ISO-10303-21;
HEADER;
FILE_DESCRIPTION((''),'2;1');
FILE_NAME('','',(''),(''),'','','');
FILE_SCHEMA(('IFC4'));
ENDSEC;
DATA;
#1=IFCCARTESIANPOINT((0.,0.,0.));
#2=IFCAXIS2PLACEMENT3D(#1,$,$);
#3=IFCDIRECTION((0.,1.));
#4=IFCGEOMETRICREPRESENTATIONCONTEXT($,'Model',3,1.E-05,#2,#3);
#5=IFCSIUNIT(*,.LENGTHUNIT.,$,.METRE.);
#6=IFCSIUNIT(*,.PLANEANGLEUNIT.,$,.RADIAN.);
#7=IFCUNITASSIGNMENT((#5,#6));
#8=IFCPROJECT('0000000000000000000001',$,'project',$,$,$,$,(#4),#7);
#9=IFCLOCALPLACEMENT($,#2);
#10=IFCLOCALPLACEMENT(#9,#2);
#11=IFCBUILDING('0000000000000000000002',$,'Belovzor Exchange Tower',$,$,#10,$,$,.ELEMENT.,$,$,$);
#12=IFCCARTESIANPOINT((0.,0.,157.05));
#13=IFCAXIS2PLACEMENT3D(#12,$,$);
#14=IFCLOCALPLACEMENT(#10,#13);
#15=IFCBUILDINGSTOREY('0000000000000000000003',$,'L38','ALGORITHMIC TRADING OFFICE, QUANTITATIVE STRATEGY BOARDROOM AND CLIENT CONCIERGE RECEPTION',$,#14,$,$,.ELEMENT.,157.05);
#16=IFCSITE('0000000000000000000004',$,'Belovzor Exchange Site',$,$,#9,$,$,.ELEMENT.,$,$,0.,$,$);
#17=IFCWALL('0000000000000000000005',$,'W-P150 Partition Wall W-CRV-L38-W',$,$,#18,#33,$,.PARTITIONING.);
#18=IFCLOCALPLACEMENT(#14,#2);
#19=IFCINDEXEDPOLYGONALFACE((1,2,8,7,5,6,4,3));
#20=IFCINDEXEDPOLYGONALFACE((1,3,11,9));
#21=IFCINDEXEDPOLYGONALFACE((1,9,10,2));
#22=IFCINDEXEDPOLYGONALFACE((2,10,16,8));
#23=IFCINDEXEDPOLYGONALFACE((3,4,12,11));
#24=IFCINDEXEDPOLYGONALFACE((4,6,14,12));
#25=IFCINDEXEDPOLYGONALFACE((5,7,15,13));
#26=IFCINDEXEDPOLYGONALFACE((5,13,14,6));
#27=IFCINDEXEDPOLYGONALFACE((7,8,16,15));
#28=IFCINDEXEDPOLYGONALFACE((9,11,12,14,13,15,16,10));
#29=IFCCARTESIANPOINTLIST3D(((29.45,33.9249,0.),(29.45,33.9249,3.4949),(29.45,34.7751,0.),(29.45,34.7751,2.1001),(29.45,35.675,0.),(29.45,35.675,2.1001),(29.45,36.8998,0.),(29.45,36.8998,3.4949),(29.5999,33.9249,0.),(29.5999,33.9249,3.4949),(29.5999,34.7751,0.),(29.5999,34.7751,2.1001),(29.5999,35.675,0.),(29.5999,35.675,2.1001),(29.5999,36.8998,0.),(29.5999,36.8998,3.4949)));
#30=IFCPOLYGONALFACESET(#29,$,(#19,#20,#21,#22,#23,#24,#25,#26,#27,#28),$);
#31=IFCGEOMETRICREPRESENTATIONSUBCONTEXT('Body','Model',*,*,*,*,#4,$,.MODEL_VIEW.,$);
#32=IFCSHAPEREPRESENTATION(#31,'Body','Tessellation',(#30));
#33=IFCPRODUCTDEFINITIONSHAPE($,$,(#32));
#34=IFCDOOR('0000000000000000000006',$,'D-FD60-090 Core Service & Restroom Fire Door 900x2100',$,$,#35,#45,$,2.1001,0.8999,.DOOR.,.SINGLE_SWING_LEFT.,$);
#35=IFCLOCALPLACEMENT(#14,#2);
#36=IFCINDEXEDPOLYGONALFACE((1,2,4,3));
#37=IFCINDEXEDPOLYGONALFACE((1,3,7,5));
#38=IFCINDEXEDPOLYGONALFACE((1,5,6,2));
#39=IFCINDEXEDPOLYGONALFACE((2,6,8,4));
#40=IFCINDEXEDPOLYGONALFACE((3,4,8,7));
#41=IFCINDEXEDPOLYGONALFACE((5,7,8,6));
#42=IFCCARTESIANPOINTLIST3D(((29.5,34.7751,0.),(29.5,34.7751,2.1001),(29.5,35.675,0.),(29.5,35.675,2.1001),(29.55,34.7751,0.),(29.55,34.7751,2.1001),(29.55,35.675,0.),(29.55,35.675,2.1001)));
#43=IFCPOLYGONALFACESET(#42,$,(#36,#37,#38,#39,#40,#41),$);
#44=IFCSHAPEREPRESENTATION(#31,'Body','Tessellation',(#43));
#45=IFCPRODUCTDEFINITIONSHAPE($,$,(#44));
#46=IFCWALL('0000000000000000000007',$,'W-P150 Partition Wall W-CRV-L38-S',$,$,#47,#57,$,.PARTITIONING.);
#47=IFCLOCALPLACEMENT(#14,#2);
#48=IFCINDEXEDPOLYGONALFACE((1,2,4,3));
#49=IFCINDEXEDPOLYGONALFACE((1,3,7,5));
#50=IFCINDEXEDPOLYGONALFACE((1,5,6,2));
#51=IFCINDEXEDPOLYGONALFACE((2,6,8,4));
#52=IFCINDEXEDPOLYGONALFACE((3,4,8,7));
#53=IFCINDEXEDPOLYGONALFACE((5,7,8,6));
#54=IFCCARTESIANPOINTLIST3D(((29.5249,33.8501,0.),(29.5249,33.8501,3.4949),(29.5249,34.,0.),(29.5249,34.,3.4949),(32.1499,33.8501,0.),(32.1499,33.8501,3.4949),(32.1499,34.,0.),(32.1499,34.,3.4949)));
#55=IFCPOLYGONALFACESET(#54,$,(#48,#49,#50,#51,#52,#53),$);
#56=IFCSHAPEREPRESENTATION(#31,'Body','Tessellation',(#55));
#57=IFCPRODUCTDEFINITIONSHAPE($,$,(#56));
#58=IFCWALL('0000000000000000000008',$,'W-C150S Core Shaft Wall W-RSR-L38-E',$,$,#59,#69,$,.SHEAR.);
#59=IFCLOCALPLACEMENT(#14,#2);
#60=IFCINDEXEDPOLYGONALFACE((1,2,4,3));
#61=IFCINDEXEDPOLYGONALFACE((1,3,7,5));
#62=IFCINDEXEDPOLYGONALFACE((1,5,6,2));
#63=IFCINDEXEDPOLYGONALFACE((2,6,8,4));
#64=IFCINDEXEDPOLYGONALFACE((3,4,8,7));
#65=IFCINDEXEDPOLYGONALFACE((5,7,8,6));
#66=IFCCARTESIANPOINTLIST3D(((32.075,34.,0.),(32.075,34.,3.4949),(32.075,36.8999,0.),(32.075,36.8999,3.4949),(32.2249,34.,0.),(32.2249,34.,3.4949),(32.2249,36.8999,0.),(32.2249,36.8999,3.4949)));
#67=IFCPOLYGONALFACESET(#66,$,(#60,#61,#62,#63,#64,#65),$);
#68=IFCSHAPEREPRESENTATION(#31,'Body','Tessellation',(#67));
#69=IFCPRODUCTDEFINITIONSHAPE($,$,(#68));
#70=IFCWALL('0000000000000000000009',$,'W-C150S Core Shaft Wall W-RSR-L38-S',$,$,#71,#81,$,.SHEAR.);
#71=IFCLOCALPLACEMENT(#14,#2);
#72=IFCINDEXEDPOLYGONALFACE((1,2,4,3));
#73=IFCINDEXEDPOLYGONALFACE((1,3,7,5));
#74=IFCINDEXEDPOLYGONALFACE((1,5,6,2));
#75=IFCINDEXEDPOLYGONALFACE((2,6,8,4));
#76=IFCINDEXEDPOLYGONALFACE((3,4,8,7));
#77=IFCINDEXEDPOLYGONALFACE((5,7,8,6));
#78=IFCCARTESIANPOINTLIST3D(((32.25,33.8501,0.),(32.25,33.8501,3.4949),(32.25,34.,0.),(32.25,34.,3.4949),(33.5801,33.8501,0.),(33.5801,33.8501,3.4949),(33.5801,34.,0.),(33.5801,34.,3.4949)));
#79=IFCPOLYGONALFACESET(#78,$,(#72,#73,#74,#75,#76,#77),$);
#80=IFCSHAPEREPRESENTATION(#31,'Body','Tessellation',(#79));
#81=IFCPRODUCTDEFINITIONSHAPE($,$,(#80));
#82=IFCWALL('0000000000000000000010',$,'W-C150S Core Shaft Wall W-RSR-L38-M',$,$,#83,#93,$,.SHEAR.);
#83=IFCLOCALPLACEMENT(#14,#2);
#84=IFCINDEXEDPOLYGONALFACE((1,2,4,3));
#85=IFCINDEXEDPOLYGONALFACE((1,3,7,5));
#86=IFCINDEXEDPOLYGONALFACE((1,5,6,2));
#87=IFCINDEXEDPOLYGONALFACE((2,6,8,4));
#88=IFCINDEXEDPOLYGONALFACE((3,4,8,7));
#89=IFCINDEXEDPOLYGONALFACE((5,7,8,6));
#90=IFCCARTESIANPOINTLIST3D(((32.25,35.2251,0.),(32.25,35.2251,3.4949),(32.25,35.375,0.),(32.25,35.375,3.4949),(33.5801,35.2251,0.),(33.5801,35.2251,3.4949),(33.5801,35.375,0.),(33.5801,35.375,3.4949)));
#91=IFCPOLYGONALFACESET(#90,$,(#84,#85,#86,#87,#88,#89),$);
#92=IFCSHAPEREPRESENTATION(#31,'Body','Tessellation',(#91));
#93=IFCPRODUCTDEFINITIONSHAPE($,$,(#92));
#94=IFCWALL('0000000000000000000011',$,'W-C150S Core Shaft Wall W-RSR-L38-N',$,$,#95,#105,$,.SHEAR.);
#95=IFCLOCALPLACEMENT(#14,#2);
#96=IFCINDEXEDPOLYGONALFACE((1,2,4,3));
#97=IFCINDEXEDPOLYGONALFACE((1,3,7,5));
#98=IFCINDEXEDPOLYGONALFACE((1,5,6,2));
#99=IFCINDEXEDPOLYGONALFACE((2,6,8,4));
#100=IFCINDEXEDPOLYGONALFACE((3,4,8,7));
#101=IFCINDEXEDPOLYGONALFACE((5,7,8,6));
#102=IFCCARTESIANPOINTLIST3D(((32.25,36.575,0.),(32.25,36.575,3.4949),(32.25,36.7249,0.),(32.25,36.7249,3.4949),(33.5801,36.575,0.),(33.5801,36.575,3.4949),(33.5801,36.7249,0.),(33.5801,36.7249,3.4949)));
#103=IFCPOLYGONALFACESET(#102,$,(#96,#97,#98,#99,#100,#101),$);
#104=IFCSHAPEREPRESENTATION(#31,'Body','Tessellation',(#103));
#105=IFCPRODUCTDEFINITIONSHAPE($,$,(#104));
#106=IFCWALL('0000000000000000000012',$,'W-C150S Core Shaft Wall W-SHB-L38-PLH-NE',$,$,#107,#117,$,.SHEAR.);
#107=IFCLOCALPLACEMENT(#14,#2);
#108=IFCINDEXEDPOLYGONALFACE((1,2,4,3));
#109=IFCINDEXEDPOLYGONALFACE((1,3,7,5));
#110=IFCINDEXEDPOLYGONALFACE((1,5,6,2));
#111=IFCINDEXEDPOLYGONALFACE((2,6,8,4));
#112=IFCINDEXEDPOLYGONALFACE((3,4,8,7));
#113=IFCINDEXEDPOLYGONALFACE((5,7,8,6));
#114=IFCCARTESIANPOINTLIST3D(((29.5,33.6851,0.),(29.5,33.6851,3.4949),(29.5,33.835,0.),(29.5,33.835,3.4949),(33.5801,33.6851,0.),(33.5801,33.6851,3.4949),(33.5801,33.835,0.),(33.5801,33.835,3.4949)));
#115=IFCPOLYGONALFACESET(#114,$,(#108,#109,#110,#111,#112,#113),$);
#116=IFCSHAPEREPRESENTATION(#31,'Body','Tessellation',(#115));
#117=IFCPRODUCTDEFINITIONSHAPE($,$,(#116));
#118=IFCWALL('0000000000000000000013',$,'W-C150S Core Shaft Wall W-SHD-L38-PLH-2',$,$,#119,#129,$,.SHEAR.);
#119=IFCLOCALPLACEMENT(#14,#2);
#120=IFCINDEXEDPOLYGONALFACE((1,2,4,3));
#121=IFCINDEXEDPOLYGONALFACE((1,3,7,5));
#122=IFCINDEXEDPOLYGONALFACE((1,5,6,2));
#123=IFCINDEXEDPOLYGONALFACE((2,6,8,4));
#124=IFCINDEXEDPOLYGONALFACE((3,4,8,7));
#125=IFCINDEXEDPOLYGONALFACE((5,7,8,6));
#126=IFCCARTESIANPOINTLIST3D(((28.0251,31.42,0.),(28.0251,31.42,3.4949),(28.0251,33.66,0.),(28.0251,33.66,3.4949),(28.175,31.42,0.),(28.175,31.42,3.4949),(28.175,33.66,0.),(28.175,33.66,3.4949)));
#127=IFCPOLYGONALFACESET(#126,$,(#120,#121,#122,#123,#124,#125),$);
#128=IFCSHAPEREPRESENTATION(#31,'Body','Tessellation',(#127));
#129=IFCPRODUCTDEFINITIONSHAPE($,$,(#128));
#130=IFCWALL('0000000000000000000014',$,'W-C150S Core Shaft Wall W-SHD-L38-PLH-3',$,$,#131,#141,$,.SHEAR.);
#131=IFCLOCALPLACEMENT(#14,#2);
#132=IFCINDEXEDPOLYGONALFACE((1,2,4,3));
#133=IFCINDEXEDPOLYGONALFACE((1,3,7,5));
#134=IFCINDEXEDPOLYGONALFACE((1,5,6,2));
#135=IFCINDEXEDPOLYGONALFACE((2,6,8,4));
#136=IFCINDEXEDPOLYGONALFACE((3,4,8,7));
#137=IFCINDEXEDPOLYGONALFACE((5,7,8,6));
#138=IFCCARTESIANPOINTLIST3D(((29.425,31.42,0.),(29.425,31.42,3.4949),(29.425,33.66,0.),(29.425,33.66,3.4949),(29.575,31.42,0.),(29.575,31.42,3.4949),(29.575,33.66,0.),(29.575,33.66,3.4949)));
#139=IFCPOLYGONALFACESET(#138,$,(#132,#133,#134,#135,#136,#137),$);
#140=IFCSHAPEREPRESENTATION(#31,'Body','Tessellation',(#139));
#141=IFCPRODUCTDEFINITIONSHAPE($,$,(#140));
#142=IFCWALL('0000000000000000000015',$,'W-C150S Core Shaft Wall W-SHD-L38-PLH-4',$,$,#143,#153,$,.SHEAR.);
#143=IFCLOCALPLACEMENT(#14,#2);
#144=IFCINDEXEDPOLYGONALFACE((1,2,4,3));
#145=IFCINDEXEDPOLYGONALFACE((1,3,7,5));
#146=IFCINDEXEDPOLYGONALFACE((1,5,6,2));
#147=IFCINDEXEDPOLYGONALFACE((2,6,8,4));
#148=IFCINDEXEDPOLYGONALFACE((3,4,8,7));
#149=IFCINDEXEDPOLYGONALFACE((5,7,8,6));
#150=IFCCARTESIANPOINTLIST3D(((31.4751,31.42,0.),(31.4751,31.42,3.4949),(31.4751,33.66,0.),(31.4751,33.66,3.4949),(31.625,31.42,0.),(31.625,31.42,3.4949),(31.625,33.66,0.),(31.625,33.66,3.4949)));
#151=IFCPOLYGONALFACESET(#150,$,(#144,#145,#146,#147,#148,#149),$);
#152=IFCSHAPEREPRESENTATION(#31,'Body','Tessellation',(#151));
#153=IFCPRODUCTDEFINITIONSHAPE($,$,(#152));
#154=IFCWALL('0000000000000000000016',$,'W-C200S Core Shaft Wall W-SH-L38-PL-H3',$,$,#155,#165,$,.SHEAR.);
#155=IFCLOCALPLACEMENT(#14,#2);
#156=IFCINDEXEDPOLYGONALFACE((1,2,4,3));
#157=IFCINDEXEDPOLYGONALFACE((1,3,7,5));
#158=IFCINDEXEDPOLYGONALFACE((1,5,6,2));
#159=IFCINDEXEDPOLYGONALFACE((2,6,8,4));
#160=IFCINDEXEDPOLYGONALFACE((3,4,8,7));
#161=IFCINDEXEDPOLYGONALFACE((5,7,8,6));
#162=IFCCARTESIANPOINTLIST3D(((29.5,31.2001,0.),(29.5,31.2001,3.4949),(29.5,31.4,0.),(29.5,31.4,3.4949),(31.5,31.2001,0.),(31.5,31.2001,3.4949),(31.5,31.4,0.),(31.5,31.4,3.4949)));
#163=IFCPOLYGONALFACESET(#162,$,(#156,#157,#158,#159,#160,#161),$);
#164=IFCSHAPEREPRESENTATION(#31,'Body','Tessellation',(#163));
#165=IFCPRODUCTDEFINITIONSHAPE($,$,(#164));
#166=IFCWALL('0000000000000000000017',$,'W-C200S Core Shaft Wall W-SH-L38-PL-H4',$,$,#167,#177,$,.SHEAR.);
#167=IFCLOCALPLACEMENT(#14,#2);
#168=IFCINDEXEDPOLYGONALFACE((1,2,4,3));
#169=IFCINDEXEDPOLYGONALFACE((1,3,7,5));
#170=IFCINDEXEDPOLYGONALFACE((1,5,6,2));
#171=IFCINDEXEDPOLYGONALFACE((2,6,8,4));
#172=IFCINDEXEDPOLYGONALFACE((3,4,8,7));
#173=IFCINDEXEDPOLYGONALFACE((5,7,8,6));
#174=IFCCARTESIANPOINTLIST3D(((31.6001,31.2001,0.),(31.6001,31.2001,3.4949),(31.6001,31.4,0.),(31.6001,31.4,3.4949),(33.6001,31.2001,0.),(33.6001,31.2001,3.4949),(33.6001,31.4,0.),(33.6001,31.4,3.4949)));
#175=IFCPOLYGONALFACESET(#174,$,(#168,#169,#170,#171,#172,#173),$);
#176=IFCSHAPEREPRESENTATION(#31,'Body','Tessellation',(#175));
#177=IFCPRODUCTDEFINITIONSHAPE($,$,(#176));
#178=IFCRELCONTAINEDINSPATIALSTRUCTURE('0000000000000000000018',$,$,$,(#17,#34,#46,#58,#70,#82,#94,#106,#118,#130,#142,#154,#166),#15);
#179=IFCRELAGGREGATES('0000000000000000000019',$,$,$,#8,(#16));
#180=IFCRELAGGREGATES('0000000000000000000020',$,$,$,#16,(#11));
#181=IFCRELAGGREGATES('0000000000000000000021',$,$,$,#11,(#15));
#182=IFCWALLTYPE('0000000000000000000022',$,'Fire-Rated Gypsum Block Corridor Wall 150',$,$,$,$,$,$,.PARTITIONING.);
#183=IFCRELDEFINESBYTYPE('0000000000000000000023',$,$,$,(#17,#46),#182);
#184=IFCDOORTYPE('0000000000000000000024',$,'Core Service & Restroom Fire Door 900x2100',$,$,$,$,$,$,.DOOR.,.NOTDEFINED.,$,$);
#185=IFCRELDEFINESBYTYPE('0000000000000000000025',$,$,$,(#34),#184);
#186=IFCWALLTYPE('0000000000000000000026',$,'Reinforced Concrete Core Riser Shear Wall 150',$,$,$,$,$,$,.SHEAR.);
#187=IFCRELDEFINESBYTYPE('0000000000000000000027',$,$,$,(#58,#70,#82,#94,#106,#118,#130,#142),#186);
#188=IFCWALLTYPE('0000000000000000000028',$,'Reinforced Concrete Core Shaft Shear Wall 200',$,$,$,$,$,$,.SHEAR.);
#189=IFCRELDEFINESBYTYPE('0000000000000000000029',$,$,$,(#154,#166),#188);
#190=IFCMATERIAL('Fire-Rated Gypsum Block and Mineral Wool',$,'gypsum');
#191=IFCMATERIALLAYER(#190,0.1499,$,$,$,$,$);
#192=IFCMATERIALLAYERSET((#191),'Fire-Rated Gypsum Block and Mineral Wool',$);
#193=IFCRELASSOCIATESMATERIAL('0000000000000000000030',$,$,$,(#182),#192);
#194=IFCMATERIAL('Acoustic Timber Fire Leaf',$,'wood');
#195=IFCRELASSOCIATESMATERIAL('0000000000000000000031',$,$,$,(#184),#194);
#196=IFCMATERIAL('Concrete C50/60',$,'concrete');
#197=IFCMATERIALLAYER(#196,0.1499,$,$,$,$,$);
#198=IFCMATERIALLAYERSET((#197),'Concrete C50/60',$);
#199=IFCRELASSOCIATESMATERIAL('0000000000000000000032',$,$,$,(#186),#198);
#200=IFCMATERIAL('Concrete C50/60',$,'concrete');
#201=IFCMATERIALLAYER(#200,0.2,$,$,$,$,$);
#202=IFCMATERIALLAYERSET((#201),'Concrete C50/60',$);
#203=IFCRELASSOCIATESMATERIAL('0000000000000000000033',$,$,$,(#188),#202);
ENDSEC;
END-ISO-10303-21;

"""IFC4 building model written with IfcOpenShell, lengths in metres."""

from ifc_helpers import new_model, si_unit, direction, frame, frame_2d, origin, place, context, subcontext, project, spatial, rectangle, extrude, material, layer, layer_set, type_object, element, fill, save


model = new_model("IFC4")

# Units and contexts
model_context = context("Model", 3, precision=1e-05, world=origin(), true_north=direction((0.0, 1.0)))
body_context = subcontext(model_context, "Body", "Model", "MODEL_VIEW")
ifc_project = project(units=[si_unit("LENGTHUNIT", "METRE"), si_unit("PLANEANGLEUNIT", "RADIAN")], contexts=[model_context])

# Site, building, storey
site_placement = place(None, origin())
site = spatial("IfcSite", under=ifc_project, at=site_placement, Name="Belovzor Exchange Site", CompositionType="ELEMENT", RefElevation=0.0)
building_placement = place(site_placement, origin())
building = spatial("IfcBuilding", under=site, at=building_placement, Name="Belovzor Exchange Tower", CompositionType="ELEMENT")
storey_placement = place(building_placement, frame((0.0, 0.0, 157.05)))
storey = spatial("IfcBuildingStorey", under=building, at=storey_placement, Name="L38", Description="ALGORITHMIC TRADING OFFICE, QUANTITATIVE STRATEGY BOARDROOM AND CLIENT CONCIERGE RECEPTION", CompositionType="ELEMENT", Elevation=157.05)

# Wall, opening, door
ifc_material_1 = material(Name="Fire-Rated Gypsum Block and Mineral Wool", Category="gypsum")
ifc_layer_1 = layer(ifc_material_1, 0.1499)
ifc_layer_set_1 = layer_set([ifc_layer_1], Name="Fire-Rated Gypsum Block and Mineral Wool")
wall_type_1 = type_object("IfcWallType", Name="Fire-Rated Gypsum Block Corridor Wall 150", PredefinedType="PARTITIONING", material=ifc_layer_set_1)
wall_1_placement = place(storey_placement, frame((29.5249, 33.925, 0.0), z_axis=(0.0, 0.0, 1.0), x_axis=(0.0, 1.0, 0.0)))
wall_1 = element("IfcWall", 1, at=wall_1_placement, inside=storey, type_object=wall_type_1, Name="W-P150 Partition Wall W-CRV-L38-W", PredefinedType="PARTITIONING", context=body_context, shape_type="SweptSolid", body=[
    extrude(rectangle(XDim=2.9749, YDim=0.1499, at=frame_2d((1.4873, 0.0))), origin(), (0.0, 0.0, 1.0), 3.4949),
])
opening_placement = place(wall_1_placement, frame((0.8501, 0.0, 0.0)))
opening = element("IfcOpeningElement", 2, at=opening_placement, cuts=wall_1, PredefinedType="OPENING", context=body_context, shape_type="SweptSolid", body=[
    extrude(rectangle(XDim=0.8999, YDim=2.1001, at=frame_2d((0.45, 1.05))), frame((0.0, 0.085, 0.0), z_axis=(0.0, -1.0, 0.0), x_axis=(1.0, 0.0, 0.0)), (0.0, 0.0, 1.0), 0.1699),
])
ifc_material_2 = material(Name="Acoustic Timber Fire Leaf", Category="wood")
door_type = type_object("IfcDoorType", Name="Core Service & Restroom Fire Door 900x2100", OperationType="NOTDEFINED", PredefinedType="DOOR", material=ifc_material_2)
door_placement = place(opening_placement, origin())
door = element("IfcDoor", 3, at=door_placement, inside=storey, type_object=door_type, Name="D-FD60-090 Core Service & Restroom Fire Door 900x2100", OperationType="SINGLE_SWING_LEFT", OverallHeight=2.1001, OverallWidth=0.8999, PredefinedType="DOOR", context=body_context, shape_type="SweptSolid", body=[
    extrude(rectangle(XDim=0.8999, YDim=2.1001, at=frame_2d((0.45, 1.05))), frame((0.0, 0.0249, 0.0), z_axis=(0.0, -1.0, 0.0), x_axis=(1.0, 0.0, 0.0)), (0.0, 0.0, 1.0), 0.05),
])
fill(opening, door)

# Walls
wall_2_placement = place(storey_placement, frame((29.5249, 33.925, 0.0), z_axis=(0.0, 0.0, 1.0), x_axis=(1.0, 0.0, 0.0)))
element("IfcWall", 4, at=wall_2_placement, inside=storey, type_object=wall_type_1, Name="W-P150 Partition Wall W-CRV-L38-S", PredefinedType="PARTITIONING", context=body_context, shape_type="SweptSolid", body=[
    extrude(rectangle(XDim=2.625, YDim=0.1499, at=frame_2d((1.3125, 0.0))), origin(), (0.0, 0.0, 1.0), 3.4949),
])
ifc_material_3 = material(Name="Concrete C50/60", Category="concrete")
ifc_layer_2 = layer(ifc_material_3, 0.1499)
ifc_layer_set_2 = layer_set([ifc_layer_2], Name="Concrete C50/60")
wall_type_2 = type_object("IfcWallType", Name="Reinforced Concrete Core Riser Shear Wall 150", PredefinedType="SHEAR", material=ifc_layer_set_2)
wall_3_placement = place(storey_placement, frame((32.1499, 34.0, 0.0), z_axis=(0.0, 0.0, 1.0), x_axis=(0.0, 1.0, 0.0)))
element("IfcWall", 5, at=wall_3_placement, inside=storey, type_object=wall_type_2, Name="W-C150S Core Shaft Wall W-RSR-L38-E", PredefinedType="SHEAR", context=body_context, shape_type="SweptSolid", body=[
    extrude(rectangle(XDim=2.8999, YDim=0.1499, at=frame_2d((1.45, 0.0))), origin(), (0.0, 0.0, 1.0), 3.4949),
])
for number, where, z_axis, x_axis, name in (
    (6, (32.25, 33.925, 0.0), (0.0, 0.0, 1.0), (1.0, 0.0, 0.0), "W-C150S Core Shaft Wall W-RSR-L38-S"),
    (7, (32.25, 35.3, 0.0), (0.0, 0.0, 1.0), (1.0, 0.0, 0.0), "W-C150S Core Shaft Wall W-RSR-L38-M"),
    (8, (32.25, 36.6499, 0.0), (0.0, 0.0, 1.0), (1.0, 0.0, 0.0), "W-C150S Core Shaft Wall W-RSR-L38-N"),
):
    element("IfcWall", number, at=place(storey_placement, frame(where, z_axis=z_axis, x_axis=x_axis)), inside=storey, type_object=wall_type_2, Name=name, PredefinedType="SHEAR", context=body_context, shape_type="SweptSolid", body=[
        extrude(rectangle(XDim=1.3301, YDim=0.1499, at=frame_2d((0.665, 0.0))), origin(), (0.0, 0.0, 1.0), 3.4949),
    ])
wall_4_placement = place(storey_placement, frame((29.5, 33.76, 0.0), z_axis=(0.0, 0.0, 1.0), x_axis=(1.0, 0.0, 0.0)))
element("IfcWall", 9, at=wall_4_placement, inside=storey, type_object=wall_type_2, Name="W-C150S Core Shaft Wall W-SHB-L38-PLH-NE", PredefinedType="SHEAR", context=body_context, shape_type="SweptSolid", body=[
    extrude(rectangle(XDim=4.0801, YDim=0.1499, at=frame_2d((2.04, 0.0))), origin(), (0.0, 0.0, 1.0), 3.4949),
])
for number, where, z_axis, x_axis, name in (
    (10, (28.1001, 31.4199, 0.0), (0.0, 0.0, 1.0), (0.0, 1.0, 0.0), "W-C150S Core Shaft Wall W-SHD-L38-PLH-2"),
    (11, (29.5, 31.4199, 0.0), (0.0, 0.0, 1.0), (0.0, 1.0, 0.0), "W-C150S Core Shaft Wall W-SHD-L38-PLH-3"),
    (12, (31.55, 31.4199, 0.0), (0.0, 0.0, 1.0), (0.0, 1.0, 0.0), "W-C150S Core Shaft Wall W-SHD-L38-PLH-4"),
):
    element("IfcWall", number, at=place(storey_placement, frame(where, z_axis=z_axis, x_axis=x_axis)), inside=storey, type_object=wall_type_2, Name=name, PredefinedType="SHEAR", context=body_context, shape_type="SweptSolid", body=[
        extrude(rectangle(XDim=2.24, YDim=0.1499, at=frame_2d((1.1201, 0.0))), origin(), (0.0, 0.0, 1.0), 3.4949),
    ])
ifc_material_4 = material(Name="Concrete C50/60", Category="concrete")
ifc_layer_3 = layer(ifc_material_4, 0.2)
ifc_layer_set_3 = layer_set([ifc_layer_3], Name="Concrete C50/60")
wall_type_3 = type_object("IfcWallType", Name="Reinforced Concrete Core Shaft Shear Wall 200", PredefinedType="SHEAR", material=ifc_layer_set_3)
for number, where, z_axis, x_axis, name in (
    (13, (29.5, 31.3, 0.0), (0.0, 0.0, 1.0), (1.0, 0.0, 0.0), "W-C200S Core Shaft Wall W-SH-L38-PL-H3"),
    (14, (31.6001, 31.3, 0.0), (0.0, 0.0, 1.0), (1.0, 0.0, 0.0), "W-C200S Core Shaft Wall W-SH-L38-PL-H4"),
):
    element("IfcWall", number, at=place(storey_placement, frame(where, z_axis=z_axis, x_axis=x_axis)), inside=storey, type_object=wall_type_3, Name=name, PredefinedType="SHEAR", context=body_context, shape_type="SweptSolid", body=[
        extrude(rectangle(XDim=2.0, YDim=0.2, at=frame_2d((1.0, 0.0))), origin(), (0.0, 0.0, 1.0), 3.4949),
    ])

save(model, "model.ifc")
